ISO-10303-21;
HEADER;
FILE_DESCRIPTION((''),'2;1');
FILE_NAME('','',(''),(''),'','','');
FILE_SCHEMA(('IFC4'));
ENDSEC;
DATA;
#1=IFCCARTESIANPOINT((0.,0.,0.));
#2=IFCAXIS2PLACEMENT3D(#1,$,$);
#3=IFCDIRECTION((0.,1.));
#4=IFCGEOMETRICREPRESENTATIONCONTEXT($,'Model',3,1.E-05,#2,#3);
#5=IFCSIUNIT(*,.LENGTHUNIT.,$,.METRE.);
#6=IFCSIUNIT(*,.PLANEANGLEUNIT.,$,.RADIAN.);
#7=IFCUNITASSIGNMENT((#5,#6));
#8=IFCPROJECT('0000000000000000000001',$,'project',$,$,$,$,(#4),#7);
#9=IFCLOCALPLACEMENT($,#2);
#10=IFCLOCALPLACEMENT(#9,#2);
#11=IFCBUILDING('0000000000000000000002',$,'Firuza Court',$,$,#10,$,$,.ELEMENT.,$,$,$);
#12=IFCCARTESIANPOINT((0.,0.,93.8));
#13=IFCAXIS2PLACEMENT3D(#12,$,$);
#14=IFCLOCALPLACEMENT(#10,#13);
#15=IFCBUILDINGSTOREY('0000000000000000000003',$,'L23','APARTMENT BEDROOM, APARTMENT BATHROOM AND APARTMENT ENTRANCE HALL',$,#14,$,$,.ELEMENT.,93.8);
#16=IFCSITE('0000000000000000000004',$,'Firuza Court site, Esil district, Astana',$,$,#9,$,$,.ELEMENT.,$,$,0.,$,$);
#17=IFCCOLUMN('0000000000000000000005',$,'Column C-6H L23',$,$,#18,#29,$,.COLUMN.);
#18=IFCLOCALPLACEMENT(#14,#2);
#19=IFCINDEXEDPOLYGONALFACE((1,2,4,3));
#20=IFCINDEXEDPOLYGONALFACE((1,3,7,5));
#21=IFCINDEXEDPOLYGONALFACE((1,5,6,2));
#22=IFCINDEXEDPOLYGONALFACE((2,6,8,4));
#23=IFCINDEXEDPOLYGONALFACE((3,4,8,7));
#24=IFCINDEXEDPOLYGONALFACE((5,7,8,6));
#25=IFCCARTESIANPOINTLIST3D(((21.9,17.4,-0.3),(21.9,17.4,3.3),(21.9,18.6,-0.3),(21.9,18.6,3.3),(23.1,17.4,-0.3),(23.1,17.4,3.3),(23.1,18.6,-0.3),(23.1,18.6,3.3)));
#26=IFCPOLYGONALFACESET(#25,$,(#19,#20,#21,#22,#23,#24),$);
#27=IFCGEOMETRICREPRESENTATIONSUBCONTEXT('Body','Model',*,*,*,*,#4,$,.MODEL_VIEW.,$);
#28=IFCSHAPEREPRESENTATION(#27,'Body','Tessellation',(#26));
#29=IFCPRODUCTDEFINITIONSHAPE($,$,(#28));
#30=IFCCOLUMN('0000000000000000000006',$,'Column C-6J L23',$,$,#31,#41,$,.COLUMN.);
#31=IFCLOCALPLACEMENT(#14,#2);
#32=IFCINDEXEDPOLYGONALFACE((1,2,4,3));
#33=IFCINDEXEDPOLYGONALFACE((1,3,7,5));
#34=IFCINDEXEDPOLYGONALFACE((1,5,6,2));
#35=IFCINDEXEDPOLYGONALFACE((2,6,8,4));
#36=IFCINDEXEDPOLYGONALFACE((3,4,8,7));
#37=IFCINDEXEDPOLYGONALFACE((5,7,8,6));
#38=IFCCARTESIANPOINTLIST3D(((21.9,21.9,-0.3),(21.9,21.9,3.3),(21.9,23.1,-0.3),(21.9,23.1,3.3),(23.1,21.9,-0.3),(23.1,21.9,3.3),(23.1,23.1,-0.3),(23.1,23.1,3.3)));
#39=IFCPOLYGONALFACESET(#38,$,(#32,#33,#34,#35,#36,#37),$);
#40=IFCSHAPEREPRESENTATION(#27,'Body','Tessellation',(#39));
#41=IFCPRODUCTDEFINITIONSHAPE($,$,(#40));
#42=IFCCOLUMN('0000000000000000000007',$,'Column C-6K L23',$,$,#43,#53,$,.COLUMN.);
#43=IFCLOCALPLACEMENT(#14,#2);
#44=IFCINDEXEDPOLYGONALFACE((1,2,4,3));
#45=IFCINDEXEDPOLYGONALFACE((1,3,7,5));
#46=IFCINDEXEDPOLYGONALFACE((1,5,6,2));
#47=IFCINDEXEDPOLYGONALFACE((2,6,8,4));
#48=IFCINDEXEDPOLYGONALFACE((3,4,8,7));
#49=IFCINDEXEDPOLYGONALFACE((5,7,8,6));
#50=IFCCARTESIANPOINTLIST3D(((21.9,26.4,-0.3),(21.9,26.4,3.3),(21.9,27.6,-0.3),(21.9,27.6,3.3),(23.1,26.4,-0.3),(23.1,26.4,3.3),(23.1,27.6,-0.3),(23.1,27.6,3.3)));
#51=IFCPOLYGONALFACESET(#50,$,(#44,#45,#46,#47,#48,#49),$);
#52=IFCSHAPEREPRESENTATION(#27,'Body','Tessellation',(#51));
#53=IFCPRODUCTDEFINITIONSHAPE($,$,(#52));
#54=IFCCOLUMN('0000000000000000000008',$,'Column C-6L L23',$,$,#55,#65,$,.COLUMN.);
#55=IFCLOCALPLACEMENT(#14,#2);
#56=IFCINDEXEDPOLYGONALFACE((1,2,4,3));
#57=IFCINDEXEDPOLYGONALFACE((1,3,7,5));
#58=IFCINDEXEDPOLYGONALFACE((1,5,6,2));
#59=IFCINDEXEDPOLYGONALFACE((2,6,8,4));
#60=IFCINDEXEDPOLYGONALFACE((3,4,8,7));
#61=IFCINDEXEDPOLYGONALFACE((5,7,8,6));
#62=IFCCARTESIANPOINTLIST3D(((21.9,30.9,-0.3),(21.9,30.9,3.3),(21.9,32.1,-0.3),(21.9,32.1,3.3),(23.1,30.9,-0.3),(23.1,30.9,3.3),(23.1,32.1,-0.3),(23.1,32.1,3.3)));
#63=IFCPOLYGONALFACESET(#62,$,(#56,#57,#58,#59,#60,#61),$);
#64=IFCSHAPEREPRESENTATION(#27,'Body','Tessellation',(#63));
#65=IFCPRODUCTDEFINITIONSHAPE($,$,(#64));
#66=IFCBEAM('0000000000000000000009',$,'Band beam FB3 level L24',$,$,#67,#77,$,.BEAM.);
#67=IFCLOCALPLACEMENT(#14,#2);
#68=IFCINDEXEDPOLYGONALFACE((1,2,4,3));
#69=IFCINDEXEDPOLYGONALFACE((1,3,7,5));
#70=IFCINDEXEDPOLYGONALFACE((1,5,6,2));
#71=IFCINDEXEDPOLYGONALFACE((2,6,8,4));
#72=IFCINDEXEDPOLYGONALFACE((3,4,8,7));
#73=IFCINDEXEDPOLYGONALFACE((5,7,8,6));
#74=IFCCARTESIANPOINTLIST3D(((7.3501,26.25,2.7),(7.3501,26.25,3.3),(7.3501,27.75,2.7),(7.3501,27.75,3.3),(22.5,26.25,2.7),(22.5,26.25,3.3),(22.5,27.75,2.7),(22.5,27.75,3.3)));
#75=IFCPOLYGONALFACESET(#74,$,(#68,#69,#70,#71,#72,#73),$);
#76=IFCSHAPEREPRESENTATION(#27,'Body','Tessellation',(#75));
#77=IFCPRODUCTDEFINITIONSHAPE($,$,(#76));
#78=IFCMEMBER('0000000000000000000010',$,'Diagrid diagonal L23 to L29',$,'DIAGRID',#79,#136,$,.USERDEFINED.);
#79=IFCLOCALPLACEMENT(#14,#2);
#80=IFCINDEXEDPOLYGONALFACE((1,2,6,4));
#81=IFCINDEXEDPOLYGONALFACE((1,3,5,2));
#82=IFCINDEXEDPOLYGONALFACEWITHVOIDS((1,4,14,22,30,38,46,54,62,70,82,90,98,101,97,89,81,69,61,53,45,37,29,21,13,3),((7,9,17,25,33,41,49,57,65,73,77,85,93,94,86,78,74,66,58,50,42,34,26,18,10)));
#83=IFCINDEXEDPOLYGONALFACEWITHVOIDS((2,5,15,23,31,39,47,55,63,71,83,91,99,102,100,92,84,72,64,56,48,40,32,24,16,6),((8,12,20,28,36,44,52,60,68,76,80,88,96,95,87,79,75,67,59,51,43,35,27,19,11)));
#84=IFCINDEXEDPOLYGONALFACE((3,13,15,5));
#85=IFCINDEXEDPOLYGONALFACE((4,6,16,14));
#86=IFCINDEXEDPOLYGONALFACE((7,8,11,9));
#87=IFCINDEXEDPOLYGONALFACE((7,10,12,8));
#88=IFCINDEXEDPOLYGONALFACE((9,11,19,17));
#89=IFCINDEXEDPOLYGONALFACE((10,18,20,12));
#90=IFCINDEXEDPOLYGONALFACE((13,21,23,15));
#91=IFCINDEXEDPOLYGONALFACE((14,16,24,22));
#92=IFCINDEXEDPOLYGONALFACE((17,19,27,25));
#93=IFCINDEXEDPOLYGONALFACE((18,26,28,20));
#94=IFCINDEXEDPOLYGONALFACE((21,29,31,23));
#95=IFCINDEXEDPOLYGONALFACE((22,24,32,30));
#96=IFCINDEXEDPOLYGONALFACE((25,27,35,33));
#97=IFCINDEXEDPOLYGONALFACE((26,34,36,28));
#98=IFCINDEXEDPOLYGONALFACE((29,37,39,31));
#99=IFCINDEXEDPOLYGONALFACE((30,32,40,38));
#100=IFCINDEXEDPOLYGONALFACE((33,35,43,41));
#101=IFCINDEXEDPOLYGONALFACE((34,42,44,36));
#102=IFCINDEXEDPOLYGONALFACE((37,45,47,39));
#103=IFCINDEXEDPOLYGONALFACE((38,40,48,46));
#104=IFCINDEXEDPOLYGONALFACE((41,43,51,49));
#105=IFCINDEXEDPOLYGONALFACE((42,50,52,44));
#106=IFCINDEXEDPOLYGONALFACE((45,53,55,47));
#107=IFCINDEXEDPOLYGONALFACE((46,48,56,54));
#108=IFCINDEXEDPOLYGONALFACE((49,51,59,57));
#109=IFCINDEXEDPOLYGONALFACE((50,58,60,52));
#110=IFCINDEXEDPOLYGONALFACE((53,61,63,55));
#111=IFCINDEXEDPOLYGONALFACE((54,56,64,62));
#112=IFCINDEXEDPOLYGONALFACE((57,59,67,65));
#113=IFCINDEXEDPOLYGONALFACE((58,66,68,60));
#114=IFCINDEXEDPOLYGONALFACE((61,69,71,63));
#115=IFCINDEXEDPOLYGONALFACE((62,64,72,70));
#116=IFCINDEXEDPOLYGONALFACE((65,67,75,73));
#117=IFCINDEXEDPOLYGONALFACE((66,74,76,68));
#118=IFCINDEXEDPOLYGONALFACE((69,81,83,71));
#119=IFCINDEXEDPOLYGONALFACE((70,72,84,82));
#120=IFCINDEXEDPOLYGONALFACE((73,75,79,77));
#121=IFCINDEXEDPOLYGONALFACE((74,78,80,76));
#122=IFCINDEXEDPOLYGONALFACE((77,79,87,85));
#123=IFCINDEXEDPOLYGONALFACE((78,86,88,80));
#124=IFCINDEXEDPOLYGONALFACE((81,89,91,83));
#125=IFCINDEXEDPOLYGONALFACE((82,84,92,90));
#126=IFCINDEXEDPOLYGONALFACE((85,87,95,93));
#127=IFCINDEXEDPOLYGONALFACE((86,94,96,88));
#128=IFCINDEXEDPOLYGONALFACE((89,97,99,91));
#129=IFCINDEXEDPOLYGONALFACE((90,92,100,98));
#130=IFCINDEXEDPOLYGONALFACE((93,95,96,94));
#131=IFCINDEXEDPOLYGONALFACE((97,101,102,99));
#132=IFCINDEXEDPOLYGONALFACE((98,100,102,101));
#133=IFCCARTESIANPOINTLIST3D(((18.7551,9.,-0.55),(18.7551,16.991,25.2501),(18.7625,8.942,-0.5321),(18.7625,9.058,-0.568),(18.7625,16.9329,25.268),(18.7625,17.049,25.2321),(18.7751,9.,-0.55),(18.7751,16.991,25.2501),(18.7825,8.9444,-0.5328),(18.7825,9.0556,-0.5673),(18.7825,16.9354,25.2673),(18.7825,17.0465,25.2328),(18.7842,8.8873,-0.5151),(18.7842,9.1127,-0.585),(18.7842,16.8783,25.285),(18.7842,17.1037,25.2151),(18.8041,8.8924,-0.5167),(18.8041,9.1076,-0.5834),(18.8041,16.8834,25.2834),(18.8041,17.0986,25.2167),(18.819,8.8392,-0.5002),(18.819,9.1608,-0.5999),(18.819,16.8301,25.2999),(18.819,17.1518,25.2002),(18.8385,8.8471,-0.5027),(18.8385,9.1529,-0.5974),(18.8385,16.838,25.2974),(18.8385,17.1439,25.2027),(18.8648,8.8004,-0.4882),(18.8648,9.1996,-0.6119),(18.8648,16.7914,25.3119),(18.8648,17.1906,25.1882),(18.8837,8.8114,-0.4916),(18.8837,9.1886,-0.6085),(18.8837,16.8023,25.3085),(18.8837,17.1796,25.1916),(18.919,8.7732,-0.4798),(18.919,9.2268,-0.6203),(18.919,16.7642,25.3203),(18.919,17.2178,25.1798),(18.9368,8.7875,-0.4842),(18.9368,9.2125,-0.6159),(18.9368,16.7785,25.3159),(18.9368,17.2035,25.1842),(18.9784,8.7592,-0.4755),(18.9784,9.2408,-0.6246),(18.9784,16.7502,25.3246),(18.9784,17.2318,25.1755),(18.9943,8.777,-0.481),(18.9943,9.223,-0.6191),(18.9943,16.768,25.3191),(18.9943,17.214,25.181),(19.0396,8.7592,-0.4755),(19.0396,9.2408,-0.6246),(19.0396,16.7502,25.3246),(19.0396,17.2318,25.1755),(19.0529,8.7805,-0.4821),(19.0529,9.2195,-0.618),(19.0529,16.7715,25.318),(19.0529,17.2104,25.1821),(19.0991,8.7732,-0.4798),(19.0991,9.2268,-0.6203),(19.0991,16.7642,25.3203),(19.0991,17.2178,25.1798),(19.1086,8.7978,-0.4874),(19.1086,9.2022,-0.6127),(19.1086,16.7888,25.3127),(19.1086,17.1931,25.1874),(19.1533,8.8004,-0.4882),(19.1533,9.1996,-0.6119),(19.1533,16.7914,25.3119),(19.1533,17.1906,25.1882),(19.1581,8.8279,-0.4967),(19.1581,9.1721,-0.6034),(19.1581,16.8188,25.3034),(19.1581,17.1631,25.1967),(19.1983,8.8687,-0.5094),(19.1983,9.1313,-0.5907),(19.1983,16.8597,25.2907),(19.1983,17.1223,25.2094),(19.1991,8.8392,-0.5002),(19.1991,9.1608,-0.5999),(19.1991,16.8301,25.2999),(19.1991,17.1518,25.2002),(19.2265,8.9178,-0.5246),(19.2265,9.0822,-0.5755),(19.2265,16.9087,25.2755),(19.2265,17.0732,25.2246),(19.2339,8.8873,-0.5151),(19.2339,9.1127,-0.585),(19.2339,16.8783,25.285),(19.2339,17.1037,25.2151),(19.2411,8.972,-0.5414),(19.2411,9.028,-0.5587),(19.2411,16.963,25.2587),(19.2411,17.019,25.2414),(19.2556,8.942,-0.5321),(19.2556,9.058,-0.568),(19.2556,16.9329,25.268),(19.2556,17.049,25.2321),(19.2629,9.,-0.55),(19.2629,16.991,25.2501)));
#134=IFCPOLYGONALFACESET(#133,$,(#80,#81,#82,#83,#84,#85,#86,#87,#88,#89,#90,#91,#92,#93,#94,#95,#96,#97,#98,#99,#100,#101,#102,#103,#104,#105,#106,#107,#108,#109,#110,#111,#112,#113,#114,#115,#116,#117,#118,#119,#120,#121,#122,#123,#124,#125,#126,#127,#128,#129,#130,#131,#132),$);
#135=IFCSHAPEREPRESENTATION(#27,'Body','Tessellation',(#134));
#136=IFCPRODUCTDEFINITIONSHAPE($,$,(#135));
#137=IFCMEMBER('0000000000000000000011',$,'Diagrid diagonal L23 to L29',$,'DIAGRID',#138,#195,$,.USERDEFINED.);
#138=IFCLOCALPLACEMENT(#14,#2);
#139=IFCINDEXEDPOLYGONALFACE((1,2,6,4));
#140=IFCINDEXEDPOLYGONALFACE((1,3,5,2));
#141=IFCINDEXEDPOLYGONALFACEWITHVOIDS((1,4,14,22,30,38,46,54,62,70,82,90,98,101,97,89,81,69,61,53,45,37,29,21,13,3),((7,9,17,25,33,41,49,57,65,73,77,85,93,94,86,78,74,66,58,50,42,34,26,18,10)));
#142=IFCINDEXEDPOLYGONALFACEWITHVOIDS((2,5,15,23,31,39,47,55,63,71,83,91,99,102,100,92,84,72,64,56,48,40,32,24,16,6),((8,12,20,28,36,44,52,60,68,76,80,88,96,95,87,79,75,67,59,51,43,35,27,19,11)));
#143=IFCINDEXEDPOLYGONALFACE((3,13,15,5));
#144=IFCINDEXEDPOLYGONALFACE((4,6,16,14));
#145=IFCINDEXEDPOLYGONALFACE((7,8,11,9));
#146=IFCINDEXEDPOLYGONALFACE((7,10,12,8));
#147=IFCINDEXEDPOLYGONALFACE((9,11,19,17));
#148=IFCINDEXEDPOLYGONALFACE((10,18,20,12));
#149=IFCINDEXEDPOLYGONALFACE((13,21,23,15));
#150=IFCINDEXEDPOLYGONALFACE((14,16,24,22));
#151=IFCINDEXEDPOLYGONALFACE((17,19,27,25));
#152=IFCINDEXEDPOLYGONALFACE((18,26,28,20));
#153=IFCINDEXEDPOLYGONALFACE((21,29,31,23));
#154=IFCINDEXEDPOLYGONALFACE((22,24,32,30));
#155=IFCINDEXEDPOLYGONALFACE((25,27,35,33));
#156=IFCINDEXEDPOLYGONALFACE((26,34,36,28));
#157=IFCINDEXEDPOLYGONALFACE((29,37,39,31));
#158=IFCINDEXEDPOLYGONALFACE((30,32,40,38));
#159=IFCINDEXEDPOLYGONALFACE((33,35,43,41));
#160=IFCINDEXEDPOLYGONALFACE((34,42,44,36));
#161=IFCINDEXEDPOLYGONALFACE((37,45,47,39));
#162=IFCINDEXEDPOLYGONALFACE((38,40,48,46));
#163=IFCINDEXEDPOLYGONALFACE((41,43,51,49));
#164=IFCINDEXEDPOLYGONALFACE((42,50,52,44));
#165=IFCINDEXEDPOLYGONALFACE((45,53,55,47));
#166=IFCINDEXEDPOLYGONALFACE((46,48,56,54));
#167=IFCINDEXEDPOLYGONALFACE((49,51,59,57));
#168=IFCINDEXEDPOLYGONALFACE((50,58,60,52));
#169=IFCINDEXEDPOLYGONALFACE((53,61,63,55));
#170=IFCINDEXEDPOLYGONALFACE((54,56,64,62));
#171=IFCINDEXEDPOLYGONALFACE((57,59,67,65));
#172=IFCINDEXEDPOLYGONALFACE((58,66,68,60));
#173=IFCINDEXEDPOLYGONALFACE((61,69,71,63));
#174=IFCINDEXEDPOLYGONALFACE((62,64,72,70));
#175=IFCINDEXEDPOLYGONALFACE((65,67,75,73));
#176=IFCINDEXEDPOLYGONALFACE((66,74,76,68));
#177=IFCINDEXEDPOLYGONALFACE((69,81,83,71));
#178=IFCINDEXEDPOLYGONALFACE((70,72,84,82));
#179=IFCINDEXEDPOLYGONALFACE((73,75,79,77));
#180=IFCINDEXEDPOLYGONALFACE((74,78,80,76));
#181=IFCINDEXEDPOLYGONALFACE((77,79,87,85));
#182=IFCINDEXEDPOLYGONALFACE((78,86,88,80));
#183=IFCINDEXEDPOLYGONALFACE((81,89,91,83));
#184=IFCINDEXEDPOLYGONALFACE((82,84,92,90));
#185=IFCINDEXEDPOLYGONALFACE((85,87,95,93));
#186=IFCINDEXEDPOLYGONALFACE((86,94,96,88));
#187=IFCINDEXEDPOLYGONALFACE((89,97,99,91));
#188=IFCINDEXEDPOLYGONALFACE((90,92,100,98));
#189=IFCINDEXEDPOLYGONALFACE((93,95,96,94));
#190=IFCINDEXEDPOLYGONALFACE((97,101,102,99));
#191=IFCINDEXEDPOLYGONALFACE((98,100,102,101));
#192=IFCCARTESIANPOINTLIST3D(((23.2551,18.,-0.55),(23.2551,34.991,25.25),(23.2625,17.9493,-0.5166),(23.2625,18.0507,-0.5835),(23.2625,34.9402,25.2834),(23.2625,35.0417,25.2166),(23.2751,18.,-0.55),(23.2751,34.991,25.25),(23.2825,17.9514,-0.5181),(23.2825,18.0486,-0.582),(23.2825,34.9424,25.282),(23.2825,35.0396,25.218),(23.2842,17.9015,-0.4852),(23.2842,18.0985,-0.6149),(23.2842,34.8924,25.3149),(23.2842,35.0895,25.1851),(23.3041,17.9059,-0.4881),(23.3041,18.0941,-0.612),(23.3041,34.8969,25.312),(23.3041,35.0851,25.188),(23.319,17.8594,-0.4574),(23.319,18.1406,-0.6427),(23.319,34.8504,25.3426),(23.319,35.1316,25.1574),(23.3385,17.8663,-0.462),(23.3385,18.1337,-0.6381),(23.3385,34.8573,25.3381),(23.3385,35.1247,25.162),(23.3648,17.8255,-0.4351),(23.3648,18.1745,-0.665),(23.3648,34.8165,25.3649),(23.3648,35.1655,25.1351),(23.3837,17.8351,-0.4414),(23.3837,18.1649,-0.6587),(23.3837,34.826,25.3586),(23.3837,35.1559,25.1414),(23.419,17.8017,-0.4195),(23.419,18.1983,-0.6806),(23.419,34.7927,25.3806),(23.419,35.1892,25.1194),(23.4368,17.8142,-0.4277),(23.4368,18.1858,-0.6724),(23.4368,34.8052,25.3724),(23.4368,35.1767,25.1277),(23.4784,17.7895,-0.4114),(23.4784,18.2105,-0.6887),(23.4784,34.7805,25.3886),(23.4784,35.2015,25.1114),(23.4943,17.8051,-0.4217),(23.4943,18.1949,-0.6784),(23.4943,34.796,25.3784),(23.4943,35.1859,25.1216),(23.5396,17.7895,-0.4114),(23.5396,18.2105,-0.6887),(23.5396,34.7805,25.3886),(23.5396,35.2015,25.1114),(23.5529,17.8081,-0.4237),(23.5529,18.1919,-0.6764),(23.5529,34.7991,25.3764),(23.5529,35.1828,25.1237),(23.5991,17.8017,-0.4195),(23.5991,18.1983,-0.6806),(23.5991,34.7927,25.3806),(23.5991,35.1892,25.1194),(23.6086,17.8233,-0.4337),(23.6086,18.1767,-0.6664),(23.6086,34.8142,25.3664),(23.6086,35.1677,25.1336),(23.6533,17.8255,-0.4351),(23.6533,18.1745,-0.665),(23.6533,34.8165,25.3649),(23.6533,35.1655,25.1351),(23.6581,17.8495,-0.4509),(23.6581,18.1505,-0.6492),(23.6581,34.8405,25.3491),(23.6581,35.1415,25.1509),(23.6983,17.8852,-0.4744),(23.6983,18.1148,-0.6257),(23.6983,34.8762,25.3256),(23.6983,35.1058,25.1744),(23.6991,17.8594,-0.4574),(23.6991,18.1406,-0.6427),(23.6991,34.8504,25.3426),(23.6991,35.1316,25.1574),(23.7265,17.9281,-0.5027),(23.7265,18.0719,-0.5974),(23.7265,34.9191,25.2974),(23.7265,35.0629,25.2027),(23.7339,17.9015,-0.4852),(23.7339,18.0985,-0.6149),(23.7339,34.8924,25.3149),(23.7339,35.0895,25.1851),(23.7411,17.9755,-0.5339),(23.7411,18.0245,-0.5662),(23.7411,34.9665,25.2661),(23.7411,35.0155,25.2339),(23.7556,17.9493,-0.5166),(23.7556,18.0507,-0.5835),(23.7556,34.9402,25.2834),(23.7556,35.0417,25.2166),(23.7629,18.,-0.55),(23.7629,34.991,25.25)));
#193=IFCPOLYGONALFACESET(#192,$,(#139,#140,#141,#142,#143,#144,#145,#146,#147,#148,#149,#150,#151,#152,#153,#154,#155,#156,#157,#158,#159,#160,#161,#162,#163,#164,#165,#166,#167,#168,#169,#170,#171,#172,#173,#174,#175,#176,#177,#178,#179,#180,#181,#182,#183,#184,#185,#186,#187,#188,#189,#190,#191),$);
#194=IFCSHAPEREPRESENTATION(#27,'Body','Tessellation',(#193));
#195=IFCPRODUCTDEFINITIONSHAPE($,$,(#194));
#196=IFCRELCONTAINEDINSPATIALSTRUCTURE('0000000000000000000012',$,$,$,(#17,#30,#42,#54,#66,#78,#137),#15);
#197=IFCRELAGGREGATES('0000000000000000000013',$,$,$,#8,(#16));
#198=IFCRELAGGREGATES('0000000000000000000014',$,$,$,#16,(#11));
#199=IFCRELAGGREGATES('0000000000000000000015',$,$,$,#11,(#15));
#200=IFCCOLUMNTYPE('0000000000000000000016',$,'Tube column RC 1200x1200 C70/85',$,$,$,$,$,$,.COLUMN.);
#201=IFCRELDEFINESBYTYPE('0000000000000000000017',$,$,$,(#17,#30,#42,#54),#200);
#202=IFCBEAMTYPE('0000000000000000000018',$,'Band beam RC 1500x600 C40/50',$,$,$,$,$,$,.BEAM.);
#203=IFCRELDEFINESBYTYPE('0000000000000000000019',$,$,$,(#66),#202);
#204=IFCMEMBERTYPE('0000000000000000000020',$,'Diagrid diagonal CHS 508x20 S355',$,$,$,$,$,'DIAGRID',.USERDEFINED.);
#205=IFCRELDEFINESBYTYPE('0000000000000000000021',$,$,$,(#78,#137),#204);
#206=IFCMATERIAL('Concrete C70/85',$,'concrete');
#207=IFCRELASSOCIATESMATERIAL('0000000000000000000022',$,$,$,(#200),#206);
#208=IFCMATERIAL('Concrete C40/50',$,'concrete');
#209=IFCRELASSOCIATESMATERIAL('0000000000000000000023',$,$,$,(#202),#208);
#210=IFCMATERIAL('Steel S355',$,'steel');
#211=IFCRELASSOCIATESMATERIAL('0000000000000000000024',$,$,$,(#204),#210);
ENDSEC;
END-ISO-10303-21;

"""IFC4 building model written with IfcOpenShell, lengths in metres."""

from ifc_helpers import new_model, si_unit, direction, frame, origin, origin_2d, place, context, subcontext, project, spatial, rectangle, hollow_circle, extrude, material, material_profile, profile_set, type_object, element, save


model = new_model("IFC4")

# Units and contexts
model_context = context("Model", 3, precision=1e-05, world=origin(), true_north=direction((0.0, 1.0)))
body_context = subcontext(model_context, "Body", "Model", "MODEL_VIEW")
ifc_project = project(units=[si_unit("LENGTHUNIT", "METRE"), si_unit("PLANEANGLEUNIT", "RADIAN")], contexts=[model_context])

# Site, building, storey
site_placement = place(None, origin())
site = spatial("IfcSite", under=ifc_project, at=site_placement, Name="Firuza Court site, Esil district, Astana", CompositionType="ELEMENT", RefElevation=0.0)
building_placement = place(site_placement, origin())
building = spatial("IfcBuilding", under=site, at=building_placement, Name="Firuza Court", CompositionType="ELEMENT")
storey_placement = place(building_placement, frame((0.0, 0.0, 93.8)))
storey = spatial("IfcBuildingStorey", under=building, at=storey_placement, Name="L23", Description="APARTMENT BEDROOM, APARTMENT BATHROOM AND APARTMENT ENTRANCE HALL", CompositionType="ELEMENT", Elevation=93.8)

# Columns
ifc_material_1 = material(Name="Concrete C70/85", Category="concrete")
ifc_material_profile_1 = material_profile(ifc_material_1, rectangle(XDim=1.2, YDim=1.2, at=origin_2d()), Name="RC 1200x1200")
ifc_profile_set_1 = profile_set([ifc_material_profile_1], Name="Concrete C70/85")
column_type = type_object("IfcColumnType", Name="Tube column RC 1200x1200 C70/85", PredefinedType="COLUMN", material=ifc_profile_set_1)
for number, where, z_axis, x_axis, name in (
    (1, (22.5, 18.0, -0.3), (0.0, 0.0, 1.0), (1.0, 0.0, 0.0), "Column C-6H L23"),
    (2, (22.5, 22.5, -0.3), (0.0, 0.0, 1.0), (1.0, 0.0, 0.0), "Column C-6J L23"),
    (3, (22.5, 27.0, -0.3), (0.0, 0.0, 1.0), (1.0, 0.0, 0.0), "Column C-6K L23"),
    (4, (22.5, 31.5, -0.3), (0.0, 0.0, 1.0), (1.0, 0.0, 0.0), "Column C-6L L23"),
):
    element("IfcColumn", number, at=place(storey_placement, frame(where, z_axis=z_axis, x_axis=x_axis)), inside=storey, type_object=column_type, Name=name, PredefinedType="COLUMN", context=body_context, shape_type="SweptSolid", body=[
        extrude(rectangle(XDim=1.2, YDim=1.2, at=origin_2d()), origin(), (0.0, 0.0, 1.0), 3.6001),
    ])

# Beam
ifc_material_2 = material(Name="Concrete C40/50", Category="concrete")
ifc_material_profile_2 = material_profile(ifc_material_2, rectangle(XDim=1.5, YDim=0.6001, at=origin_2d()), Name="RC 1500x600")
ifc_profile_set_2 = profile_set([ifc_material_profile_2], Name="Concrete C40/50")
beam_type_1 = type_object("IfcBeamType", Name="Band beam RC 1500x600 C40/50", PredefinedType="BEAM", material=ifc_profile_set_2)
beam_placement = place(storey_placement, frame((22.5, 27.0, 3.0), z_axis=(-1.0, 0.0, 0.0), x_axis=(0.0, -1.0, 0.0)))
element("IfcBeam", 5, at=beam_placement, inside=storey, type_object=beam_type_1, Name="Band beam FB3 level L24", PredefinedType="BEAM", context=body_context, shape_type="SweptSolid", body=[
    extrude(rectangle(XDim=1.5, YDim=0.6001, at=origin_2d()), origin(), (0.0, 0.0, 1.0), 15.1499),
])

# Members
ifc_material_3 = material(Name="Steel S355", Category="steel")
ifc_material_profile_3 = material_profile(ifc_material_3, hollow_circle(Radius=0.2539, WallThickness=0.02, at=origin_2d()), Name="CHS 508x20")
ifc_profile_set_3 = profile_set([ifc_material_profile_3], Name="Steel S355")
member_type = type_object("IfcMemberType", Name="Diagrid diagonal CHS 508x20 S355", ElementType="DIAGRID", PredefinedType="USERDEFINED", material=ifc_profile_set_3)
member_1_placement = place(storey_placement, frame((19.009, 9.0, -0.55), z_axis=(0.0, 0.295861, 0.955231), x_axis=(-1.0, 0.0, 0.0)))
element("IfcMember", 6, at=member_1_placement, inside=storey, type_object=member_type, Name="Diagrid diagonal L23 to L29", ObjectType="DIAGRID", PredefinedType="USERDEFINED", context=body_context, shape_type="SweptSolid", body=[
    extrude(hollow_circle(Radius=0.2539, WallThickness=0.02, at=origin_2d()), origin(), (0.0, 0.0, 1.0), 27.0093),
])
member_2_placement = place(storey_placement, frame((23.509, 18.0, -0.55), z_axis=(0.0, 0.550006, 0.835161), x_axis=(-1.0, 0.0, 0.0)))
element("IfcMember", 7, at=member_2_placement, inside=storey, type_object=member_type, Name="Diagrid diagonal L23 to L29", ObjectType="DIAGRID", PredefinedType="USERDEFINED", context=body_context, shape_type="SweptSolid", body=[
    extrude(hollow_circle(Radius=0.2539, WallThickness=0.02, at=origin_2d()), origin(), (0.0, 0.0, 1.0), 30.8923),
])

save(model, "model.ifc")
